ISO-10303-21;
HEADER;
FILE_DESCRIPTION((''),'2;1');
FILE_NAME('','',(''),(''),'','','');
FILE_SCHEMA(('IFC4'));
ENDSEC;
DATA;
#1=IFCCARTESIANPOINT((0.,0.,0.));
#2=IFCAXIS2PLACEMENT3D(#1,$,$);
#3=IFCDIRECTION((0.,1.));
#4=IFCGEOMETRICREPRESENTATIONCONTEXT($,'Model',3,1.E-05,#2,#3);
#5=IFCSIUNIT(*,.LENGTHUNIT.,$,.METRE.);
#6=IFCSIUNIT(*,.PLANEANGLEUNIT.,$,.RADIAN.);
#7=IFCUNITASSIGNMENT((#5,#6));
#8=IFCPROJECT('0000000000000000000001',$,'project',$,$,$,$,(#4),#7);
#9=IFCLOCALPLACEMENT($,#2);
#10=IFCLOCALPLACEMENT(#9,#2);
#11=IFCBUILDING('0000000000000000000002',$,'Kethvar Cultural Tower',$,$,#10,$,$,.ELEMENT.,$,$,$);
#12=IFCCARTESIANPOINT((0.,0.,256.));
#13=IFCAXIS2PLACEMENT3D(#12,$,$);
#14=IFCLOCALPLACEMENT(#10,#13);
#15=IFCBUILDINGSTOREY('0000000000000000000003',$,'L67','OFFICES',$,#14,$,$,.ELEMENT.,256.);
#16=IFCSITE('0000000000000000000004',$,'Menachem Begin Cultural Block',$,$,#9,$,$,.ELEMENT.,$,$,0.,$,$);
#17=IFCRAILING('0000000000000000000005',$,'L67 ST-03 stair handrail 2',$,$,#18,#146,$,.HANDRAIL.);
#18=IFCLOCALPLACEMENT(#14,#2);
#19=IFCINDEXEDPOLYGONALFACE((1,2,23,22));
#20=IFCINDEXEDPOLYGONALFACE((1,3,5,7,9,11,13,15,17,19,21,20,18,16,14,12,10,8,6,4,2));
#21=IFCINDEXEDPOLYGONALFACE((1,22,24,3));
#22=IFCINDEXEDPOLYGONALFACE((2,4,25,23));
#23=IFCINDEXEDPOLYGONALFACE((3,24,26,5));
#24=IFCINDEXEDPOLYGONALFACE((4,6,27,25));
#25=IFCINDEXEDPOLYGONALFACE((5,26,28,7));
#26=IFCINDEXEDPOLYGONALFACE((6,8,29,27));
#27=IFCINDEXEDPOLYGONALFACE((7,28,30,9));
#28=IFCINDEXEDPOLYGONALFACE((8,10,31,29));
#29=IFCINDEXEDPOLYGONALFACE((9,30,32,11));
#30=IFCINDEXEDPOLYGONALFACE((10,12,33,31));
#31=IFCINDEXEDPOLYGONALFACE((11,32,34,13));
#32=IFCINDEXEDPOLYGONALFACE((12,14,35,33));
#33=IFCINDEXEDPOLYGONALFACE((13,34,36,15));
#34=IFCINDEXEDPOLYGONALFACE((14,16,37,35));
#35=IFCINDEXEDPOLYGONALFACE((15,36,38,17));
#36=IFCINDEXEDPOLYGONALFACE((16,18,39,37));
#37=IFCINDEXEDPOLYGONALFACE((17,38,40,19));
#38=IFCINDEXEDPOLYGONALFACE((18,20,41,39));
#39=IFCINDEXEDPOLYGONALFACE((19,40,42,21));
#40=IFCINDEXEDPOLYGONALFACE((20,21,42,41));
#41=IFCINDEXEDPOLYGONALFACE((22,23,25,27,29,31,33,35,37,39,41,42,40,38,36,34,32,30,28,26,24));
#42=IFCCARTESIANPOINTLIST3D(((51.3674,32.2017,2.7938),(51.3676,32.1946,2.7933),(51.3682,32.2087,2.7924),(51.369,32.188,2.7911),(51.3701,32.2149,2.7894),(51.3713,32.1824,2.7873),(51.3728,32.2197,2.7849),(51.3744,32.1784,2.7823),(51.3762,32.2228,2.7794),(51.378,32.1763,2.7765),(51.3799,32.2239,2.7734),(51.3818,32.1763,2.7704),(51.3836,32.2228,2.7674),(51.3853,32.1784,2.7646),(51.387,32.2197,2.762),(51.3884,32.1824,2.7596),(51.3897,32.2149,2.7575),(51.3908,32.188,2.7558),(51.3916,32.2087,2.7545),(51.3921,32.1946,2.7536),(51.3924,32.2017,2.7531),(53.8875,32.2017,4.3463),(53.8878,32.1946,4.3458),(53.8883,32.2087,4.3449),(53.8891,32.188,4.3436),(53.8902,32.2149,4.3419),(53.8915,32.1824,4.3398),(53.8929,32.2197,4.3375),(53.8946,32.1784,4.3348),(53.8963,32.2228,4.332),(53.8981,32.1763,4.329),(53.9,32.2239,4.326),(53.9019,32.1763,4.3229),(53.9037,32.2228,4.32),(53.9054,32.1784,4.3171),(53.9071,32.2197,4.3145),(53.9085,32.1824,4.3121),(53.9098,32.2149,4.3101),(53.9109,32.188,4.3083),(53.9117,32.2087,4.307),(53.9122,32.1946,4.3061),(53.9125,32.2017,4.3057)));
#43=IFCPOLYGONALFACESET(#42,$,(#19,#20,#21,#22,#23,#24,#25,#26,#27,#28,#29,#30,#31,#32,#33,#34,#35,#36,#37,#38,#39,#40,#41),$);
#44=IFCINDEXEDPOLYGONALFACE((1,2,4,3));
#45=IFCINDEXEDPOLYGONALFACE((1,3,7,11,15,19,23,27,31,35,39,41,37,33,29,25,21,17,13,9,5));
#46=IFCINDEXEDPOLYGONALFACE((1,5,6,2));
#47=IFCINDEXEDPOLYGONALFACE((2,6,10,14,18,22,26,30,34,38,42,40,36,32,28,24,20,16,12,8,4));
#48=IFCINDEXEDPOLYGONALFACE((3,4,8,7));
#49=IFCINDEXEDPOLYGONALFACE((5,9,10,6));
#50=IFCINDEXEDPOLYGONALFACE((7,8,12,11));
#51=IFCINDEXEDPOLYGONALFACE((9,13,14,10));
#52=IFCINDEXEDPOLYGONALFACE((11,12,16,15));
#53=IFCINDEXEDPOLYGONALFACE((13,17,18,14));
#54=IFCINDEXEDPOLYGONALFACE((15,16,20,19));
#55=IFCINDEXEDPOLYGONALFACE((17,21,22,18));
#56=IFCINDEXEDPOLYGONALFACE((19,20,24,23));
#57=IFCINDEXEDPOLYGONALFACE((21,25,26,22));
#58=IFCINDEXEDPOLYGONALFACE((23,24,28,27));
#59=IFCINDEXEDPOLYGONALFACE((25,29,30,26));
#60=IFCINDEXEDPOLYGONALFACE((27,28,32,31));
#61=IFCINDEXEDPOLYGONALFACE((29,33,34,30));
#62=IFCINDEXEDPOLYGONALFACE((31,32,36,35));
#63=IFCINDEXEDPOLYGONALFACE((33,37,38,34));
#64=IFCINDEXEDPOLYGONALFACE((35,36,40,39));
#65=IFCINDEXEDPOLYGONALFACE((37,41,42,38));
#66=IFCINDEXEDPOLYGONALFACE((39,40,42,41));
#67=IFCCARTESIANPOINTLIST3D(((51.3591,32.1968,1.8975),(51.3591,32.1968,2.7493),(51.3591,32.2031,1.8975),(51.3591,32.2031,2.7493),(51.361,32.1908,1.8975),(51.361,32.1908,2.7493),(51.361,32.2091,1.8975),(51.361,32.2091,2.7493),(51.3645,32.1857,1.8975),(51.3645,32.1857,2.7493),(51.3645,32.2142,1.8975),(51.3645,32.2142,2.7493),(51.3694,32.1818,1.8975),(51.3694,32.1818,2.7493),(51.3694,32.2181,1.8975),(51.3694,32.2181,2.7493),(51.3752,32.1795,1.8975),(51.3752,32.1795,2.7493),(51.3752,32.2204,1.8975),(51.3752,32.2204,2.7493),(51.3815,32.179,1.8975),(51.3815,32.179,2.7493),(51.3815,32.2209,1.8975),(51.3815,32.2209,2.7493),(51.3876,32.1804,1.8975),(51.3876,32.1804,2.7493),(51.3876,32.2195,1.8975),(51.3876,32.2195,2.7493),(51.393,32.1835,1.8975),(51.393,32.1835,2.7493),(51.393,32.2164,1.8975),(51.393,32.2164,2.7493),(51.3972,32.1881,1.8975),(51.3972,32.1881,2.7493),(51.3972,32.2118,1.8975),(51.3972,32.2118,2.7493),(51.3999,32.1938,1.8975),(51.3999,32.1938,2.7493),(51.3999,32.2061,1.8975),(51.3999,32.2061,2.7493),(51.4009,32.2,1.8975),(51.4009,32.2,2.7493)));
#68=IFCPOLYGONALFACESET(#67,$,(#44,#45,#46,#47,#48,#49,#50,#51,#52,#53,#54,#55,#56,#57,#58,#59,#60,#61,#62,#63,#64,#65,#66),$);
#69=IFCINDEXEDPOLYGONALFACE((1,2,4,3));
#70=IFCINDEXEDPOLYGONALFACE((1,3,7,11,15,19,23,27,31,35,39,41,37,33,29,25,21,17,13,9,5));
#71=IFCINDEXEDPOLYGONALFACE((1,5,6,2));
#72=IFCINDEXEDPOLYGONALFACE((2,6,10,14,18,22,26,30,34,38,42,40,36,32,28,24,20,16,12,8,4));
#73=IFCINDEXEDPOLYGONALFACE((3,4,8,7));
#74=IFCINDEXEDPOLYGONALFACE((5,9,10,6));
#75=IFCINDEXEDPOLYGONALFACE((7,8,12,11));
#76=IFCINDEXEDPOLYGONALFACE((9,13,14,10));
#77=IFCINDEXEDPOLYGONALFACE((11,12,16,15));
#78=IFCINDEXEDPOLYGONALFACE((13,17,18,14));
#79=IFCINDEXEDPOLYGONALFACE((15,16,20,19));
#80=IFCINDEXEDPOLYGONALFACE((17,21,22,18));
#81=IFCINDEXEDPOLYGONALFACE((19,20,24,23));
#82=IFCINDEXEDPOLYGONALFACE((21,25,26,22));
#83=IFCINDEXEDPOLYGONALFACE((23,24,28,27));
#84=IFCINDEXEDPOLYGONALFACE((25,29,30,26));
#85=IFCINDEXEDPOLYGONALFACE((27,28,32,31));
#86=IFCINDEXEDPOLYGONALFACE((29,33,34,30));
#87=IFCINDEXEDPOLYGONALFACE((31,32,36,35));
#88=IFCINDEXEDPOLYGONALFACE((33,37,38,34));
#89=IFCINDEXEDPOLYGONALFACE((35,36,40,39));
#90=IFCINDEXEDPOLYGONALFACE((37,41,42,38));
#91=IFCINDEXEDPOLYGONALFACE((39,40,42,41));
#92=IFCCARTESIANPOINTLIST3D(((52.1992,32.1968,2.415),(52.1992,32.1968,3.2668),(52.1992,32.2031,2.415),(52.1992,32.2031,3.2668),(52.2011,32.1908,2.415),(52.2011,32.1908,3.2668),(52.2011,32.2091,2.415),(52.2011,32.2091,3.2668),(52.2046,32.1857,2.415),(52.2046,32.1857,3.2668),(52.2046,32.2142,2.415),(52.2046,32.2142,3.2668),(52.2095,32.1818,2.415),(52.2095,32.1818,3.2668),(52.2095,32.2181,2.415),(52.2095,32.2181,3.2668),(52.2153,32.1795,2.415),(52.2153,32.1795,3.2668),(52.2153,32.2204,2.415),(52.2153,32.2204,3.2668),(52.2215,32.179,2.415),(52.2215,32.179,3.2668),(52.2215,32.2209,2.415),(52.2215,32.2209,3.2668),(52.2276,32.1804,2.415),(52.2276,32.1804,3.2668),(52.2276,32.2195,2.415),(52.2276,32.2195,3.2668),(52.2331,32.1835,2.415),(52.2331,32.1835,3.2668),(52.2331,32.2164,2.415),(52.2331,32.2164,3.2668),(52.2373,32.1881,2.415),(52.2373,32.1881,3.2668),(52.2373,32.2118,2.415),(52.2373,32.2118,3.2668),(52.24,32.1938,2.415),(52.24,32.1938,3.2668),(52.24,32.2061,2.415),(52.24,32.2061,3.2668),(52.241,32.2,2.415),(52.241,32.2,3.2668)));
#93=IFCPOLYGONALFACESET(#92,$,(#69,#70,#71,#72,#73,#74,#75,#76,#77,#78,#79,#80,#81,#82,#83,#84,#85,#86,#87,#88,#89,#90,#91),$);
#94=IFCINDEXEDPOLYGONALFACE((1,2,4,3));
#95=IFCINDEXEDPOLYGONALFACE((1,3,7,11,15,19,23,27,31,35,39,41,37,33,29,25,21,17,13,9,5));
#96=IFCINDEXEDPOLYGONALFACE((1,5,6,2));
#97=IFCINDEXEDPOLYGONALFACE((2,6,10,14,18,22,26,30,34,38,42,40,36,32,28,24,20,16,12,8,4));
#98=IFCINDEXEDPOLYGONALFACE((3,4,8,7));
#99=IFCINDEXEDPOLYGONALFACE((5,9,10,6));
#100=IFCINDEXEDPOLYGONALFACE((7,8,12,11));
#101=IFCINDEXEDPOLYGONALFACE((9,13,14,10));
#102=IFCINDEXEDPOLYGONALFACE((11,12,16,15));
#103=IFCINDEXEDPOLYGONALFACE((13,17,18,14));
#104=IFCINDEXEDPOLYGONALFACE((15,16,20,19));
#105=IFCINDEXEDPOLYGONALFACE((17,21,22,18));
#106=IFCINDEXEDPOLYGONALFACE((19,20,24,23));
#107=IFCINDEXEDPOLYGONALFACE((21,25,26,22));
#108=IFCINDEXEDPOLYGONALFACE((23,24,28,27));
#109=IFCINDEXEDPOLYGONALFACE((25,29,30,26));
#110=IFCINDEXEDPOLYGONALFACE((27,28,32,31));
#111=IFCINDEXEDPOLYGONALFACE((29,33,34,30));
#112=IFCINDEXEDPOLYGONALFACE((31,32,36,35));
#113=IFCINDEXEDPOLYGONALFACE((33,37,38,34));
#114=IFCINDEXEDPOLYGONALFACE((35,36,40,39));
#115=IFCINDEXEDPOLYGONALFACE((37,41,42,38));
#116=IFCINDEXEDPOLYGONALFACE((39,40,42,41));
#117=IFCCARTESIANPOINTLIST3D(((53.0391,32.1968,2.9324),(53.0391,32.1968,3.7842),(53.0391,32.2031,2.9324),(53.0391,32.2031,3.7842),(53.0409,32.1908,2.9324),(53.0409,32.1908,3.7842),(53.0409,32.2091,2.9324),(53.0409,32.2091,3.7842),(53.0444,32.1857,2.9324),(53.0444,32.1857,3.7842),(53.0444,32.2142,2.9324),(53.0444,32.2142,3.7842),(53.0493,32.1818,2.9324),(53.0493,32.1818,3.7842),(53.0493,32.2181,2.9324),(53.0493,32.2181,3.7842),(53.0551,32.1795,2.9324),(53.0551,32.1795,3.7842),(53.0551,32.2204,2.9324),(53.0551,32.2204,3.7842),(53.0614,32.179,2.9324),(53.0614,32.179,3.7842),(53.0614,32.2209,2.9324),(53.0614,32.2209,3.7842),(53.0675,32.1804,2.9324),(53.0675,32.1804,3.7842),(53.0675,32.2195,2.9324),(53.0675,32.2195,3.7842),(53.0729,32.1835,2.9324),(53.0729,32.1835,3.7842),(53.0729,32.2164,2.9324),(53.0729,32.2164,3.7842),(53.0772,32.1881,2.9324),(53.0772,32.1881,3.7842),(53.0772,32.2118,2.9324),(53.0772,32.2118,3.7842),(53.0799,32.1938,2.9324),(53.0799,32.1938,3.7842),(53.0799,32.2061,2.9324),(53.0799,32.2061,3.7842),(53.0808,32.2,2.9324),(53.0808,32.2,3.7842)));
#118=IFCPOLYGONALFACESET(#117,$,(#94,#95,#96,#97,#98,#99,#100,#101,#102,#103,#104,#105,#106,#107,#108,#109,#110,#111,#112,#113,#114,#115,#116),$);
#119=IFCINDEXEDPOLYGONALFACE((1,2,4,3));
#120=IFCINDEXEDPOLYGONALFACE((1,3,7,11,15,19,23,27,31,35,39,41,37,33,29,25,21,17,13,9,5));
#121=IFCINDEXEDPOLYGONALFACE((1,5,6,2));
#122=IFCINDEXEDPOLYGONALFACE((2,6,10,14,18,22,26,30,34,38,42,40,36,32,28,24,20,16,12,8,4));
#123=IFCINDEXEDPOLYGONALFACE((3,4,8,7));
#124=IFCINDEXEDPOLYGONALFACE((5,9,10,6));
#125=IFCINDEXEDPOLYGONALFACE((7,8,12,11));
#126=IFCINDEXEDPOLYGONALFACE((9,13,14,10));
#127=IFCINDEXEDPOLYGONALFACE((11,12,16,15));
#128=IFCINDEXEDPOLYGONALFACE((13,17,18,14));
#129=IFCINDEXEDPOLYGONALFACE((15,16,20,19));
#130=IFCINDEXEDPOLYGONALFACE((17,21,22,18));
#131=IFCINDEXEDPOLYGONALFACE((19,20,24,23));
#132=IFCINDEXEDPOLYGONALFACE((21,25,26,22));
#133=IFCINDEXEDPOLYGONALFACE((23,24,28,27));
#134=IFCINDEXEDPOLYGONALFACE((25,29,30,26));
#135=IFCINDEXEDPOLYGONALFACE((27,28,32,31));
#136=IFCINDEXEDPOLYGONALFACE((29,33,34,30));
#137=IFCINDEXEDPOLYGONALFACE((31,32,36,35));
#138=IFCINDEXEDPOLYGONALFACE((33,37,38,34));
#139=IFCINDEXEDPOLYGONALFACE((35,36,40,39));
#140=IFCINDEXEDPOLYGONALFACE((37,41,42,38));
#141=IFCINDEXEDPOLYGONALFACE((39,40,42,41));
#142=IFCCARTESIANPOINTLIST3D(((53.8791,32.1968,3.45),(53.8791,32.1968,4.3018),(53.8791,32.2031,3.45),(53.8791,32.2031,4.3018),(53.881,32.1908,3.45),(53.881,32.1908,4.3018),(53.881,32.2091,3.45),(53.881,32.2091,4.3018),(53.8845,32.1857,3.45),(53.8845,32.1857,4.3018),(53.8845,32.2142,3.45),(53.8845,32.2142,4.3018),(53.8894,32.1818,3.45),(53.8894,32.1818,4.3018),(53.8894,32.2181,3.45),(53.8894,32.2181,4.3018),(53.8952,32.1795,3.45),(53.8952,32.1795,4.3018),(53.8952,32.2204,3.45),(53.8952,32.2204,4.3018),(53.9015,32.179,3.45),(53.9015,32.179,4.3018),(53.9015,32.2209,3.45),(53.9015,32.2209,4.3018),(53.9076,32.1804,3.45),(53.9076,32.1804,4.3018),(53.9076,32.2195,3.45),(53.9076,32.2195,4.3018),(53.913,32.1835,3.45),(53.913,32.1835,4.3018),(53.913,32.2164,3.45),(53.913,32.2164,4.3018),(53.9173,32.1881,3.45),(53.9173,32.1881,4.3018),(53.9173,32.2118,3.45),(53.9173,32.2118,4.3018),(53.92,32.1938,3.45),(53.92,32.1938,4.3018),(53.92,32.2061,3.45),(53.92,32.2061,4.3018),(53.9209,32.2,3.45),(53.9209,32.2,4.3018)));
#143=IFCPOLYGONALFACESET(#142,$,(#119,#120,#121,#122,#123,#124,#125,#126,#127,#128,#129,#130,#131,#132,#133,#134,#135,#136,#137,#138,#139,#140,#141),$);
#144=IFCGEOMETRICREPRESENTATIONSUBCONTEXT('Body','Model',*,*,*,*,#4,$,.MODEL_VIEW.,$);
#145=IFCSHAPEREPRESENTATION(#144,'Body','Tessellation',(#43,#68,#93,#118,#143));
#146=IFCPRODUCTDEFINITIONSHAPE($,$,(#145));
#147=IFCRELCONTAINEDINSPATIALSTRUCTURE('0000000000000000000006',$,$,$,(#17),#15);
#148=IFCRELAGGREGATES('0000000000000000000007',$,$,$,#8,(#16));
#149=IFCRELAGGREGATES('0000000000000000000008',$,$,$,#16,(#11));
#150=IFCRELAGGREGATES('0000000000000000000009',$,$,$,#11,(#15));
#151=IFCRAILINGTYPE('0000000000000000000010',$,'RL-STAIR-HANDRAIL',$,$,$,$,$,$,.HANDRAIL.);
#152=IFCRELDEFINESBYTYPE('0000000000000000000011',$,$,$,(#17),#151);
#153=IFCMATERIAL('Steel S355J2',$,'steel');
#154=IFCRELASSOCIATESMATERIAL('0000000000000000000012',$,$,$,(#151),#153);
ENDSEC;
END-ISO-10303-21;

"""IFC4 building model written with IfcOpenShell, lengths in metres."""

from ifc_helpers import new_model, si_unit, direction, frame, origin, origin_2d, place, context, subcontext, project, spatial, circle, extrude, material, type_object, element, save


model = new_model("IFC4")

# Units and contexts
model_context = context("Model", 3, precision=1e-05, world=origin(), true_north=direction((0.0, 1.0)))
body_context = subcontext(model_context, "Body", "Model", "MODEL_VIEW")
ifc_project = project(units=[si_unit("LENGTHUNIT", "METRE"), si_unit("PLANEANGLEUNIT", "RADIAN")], contexts=[model_context])

# Site, building, storey
site_placement = place(None, origin())
site = spatial("IfcSite", under=ifc_project, at=site_placement, Name="Menachem Begin Cultural Block", CompositionType="ELEMENT", RefElevation=0.0)
building_placement = place(site_placement, origin())
building = spatial("IfcBuilding", under=site, at=building_placement, Name="Kethvar Cultural Tower", CompositionType="ELEMENT")
storey_placement = place(building_placement, frame((0.0, 0.0, 256.0)))
storey = spatial("IfcBuildingStorey", under=building, at=storey_placement, Name="L67", Description="OFFICES", CompositionType="ELEMENT", Elevation=256.0)

# Shared definitions
ifc_material_1 = material(Name="Steel S355J2", Category="steel")

# Railing
railing_type_1 = type_object("IfcRailingType", Name="RL-STAIR-HANDRAIL", PredefinedType="HANDRAIL", material=ifc_material_1)
railing_1_placement = place(storey_placement, frame((51.3799, 32.2, 1.8975)))
element("IfcRailing", 1, at=railing_1_placement, inside=storey, type_object=railing_type_1, Name="L67 ST-03 stair handrail 2", PredefinedType="HANDRAIL", context=body_context, shape_type="SweptSolid", body=[
    extrude(circle(Radius=0.0239, at=origin_2d()), frame((0.0, 0.0, 0.876), z_axis=(0.8514, 0.0, 0.524516), x_axis=(0.0, 1.0, 0.0)), (0.0, 0.0, 1.0), 2.96),
    extrude(circle(Radius=0.021, at=origin_2d()), origin(), (0.0, 0.0, 1.0), 0.8518),
    extrude(circle(Radius=0.021, at=origin_2d()), frame((0.8401, 0.0, 0.5176)), (0.0, 0.0, 1.0), 0.8518),
    extrude(circle(Radius=0.021, at=origin_2d()), frame((1.6799, 0.0, 1.0349)), (0.0, 0.0, 1.0), 0.8518),
    extrude(circle(Radius=0.021, at=origin_2d()), frame((2.52, 0.0, 1.5525)), (0.0, 0.0, 1.0), 0.8518),
])

save(model, "model.ifc")
